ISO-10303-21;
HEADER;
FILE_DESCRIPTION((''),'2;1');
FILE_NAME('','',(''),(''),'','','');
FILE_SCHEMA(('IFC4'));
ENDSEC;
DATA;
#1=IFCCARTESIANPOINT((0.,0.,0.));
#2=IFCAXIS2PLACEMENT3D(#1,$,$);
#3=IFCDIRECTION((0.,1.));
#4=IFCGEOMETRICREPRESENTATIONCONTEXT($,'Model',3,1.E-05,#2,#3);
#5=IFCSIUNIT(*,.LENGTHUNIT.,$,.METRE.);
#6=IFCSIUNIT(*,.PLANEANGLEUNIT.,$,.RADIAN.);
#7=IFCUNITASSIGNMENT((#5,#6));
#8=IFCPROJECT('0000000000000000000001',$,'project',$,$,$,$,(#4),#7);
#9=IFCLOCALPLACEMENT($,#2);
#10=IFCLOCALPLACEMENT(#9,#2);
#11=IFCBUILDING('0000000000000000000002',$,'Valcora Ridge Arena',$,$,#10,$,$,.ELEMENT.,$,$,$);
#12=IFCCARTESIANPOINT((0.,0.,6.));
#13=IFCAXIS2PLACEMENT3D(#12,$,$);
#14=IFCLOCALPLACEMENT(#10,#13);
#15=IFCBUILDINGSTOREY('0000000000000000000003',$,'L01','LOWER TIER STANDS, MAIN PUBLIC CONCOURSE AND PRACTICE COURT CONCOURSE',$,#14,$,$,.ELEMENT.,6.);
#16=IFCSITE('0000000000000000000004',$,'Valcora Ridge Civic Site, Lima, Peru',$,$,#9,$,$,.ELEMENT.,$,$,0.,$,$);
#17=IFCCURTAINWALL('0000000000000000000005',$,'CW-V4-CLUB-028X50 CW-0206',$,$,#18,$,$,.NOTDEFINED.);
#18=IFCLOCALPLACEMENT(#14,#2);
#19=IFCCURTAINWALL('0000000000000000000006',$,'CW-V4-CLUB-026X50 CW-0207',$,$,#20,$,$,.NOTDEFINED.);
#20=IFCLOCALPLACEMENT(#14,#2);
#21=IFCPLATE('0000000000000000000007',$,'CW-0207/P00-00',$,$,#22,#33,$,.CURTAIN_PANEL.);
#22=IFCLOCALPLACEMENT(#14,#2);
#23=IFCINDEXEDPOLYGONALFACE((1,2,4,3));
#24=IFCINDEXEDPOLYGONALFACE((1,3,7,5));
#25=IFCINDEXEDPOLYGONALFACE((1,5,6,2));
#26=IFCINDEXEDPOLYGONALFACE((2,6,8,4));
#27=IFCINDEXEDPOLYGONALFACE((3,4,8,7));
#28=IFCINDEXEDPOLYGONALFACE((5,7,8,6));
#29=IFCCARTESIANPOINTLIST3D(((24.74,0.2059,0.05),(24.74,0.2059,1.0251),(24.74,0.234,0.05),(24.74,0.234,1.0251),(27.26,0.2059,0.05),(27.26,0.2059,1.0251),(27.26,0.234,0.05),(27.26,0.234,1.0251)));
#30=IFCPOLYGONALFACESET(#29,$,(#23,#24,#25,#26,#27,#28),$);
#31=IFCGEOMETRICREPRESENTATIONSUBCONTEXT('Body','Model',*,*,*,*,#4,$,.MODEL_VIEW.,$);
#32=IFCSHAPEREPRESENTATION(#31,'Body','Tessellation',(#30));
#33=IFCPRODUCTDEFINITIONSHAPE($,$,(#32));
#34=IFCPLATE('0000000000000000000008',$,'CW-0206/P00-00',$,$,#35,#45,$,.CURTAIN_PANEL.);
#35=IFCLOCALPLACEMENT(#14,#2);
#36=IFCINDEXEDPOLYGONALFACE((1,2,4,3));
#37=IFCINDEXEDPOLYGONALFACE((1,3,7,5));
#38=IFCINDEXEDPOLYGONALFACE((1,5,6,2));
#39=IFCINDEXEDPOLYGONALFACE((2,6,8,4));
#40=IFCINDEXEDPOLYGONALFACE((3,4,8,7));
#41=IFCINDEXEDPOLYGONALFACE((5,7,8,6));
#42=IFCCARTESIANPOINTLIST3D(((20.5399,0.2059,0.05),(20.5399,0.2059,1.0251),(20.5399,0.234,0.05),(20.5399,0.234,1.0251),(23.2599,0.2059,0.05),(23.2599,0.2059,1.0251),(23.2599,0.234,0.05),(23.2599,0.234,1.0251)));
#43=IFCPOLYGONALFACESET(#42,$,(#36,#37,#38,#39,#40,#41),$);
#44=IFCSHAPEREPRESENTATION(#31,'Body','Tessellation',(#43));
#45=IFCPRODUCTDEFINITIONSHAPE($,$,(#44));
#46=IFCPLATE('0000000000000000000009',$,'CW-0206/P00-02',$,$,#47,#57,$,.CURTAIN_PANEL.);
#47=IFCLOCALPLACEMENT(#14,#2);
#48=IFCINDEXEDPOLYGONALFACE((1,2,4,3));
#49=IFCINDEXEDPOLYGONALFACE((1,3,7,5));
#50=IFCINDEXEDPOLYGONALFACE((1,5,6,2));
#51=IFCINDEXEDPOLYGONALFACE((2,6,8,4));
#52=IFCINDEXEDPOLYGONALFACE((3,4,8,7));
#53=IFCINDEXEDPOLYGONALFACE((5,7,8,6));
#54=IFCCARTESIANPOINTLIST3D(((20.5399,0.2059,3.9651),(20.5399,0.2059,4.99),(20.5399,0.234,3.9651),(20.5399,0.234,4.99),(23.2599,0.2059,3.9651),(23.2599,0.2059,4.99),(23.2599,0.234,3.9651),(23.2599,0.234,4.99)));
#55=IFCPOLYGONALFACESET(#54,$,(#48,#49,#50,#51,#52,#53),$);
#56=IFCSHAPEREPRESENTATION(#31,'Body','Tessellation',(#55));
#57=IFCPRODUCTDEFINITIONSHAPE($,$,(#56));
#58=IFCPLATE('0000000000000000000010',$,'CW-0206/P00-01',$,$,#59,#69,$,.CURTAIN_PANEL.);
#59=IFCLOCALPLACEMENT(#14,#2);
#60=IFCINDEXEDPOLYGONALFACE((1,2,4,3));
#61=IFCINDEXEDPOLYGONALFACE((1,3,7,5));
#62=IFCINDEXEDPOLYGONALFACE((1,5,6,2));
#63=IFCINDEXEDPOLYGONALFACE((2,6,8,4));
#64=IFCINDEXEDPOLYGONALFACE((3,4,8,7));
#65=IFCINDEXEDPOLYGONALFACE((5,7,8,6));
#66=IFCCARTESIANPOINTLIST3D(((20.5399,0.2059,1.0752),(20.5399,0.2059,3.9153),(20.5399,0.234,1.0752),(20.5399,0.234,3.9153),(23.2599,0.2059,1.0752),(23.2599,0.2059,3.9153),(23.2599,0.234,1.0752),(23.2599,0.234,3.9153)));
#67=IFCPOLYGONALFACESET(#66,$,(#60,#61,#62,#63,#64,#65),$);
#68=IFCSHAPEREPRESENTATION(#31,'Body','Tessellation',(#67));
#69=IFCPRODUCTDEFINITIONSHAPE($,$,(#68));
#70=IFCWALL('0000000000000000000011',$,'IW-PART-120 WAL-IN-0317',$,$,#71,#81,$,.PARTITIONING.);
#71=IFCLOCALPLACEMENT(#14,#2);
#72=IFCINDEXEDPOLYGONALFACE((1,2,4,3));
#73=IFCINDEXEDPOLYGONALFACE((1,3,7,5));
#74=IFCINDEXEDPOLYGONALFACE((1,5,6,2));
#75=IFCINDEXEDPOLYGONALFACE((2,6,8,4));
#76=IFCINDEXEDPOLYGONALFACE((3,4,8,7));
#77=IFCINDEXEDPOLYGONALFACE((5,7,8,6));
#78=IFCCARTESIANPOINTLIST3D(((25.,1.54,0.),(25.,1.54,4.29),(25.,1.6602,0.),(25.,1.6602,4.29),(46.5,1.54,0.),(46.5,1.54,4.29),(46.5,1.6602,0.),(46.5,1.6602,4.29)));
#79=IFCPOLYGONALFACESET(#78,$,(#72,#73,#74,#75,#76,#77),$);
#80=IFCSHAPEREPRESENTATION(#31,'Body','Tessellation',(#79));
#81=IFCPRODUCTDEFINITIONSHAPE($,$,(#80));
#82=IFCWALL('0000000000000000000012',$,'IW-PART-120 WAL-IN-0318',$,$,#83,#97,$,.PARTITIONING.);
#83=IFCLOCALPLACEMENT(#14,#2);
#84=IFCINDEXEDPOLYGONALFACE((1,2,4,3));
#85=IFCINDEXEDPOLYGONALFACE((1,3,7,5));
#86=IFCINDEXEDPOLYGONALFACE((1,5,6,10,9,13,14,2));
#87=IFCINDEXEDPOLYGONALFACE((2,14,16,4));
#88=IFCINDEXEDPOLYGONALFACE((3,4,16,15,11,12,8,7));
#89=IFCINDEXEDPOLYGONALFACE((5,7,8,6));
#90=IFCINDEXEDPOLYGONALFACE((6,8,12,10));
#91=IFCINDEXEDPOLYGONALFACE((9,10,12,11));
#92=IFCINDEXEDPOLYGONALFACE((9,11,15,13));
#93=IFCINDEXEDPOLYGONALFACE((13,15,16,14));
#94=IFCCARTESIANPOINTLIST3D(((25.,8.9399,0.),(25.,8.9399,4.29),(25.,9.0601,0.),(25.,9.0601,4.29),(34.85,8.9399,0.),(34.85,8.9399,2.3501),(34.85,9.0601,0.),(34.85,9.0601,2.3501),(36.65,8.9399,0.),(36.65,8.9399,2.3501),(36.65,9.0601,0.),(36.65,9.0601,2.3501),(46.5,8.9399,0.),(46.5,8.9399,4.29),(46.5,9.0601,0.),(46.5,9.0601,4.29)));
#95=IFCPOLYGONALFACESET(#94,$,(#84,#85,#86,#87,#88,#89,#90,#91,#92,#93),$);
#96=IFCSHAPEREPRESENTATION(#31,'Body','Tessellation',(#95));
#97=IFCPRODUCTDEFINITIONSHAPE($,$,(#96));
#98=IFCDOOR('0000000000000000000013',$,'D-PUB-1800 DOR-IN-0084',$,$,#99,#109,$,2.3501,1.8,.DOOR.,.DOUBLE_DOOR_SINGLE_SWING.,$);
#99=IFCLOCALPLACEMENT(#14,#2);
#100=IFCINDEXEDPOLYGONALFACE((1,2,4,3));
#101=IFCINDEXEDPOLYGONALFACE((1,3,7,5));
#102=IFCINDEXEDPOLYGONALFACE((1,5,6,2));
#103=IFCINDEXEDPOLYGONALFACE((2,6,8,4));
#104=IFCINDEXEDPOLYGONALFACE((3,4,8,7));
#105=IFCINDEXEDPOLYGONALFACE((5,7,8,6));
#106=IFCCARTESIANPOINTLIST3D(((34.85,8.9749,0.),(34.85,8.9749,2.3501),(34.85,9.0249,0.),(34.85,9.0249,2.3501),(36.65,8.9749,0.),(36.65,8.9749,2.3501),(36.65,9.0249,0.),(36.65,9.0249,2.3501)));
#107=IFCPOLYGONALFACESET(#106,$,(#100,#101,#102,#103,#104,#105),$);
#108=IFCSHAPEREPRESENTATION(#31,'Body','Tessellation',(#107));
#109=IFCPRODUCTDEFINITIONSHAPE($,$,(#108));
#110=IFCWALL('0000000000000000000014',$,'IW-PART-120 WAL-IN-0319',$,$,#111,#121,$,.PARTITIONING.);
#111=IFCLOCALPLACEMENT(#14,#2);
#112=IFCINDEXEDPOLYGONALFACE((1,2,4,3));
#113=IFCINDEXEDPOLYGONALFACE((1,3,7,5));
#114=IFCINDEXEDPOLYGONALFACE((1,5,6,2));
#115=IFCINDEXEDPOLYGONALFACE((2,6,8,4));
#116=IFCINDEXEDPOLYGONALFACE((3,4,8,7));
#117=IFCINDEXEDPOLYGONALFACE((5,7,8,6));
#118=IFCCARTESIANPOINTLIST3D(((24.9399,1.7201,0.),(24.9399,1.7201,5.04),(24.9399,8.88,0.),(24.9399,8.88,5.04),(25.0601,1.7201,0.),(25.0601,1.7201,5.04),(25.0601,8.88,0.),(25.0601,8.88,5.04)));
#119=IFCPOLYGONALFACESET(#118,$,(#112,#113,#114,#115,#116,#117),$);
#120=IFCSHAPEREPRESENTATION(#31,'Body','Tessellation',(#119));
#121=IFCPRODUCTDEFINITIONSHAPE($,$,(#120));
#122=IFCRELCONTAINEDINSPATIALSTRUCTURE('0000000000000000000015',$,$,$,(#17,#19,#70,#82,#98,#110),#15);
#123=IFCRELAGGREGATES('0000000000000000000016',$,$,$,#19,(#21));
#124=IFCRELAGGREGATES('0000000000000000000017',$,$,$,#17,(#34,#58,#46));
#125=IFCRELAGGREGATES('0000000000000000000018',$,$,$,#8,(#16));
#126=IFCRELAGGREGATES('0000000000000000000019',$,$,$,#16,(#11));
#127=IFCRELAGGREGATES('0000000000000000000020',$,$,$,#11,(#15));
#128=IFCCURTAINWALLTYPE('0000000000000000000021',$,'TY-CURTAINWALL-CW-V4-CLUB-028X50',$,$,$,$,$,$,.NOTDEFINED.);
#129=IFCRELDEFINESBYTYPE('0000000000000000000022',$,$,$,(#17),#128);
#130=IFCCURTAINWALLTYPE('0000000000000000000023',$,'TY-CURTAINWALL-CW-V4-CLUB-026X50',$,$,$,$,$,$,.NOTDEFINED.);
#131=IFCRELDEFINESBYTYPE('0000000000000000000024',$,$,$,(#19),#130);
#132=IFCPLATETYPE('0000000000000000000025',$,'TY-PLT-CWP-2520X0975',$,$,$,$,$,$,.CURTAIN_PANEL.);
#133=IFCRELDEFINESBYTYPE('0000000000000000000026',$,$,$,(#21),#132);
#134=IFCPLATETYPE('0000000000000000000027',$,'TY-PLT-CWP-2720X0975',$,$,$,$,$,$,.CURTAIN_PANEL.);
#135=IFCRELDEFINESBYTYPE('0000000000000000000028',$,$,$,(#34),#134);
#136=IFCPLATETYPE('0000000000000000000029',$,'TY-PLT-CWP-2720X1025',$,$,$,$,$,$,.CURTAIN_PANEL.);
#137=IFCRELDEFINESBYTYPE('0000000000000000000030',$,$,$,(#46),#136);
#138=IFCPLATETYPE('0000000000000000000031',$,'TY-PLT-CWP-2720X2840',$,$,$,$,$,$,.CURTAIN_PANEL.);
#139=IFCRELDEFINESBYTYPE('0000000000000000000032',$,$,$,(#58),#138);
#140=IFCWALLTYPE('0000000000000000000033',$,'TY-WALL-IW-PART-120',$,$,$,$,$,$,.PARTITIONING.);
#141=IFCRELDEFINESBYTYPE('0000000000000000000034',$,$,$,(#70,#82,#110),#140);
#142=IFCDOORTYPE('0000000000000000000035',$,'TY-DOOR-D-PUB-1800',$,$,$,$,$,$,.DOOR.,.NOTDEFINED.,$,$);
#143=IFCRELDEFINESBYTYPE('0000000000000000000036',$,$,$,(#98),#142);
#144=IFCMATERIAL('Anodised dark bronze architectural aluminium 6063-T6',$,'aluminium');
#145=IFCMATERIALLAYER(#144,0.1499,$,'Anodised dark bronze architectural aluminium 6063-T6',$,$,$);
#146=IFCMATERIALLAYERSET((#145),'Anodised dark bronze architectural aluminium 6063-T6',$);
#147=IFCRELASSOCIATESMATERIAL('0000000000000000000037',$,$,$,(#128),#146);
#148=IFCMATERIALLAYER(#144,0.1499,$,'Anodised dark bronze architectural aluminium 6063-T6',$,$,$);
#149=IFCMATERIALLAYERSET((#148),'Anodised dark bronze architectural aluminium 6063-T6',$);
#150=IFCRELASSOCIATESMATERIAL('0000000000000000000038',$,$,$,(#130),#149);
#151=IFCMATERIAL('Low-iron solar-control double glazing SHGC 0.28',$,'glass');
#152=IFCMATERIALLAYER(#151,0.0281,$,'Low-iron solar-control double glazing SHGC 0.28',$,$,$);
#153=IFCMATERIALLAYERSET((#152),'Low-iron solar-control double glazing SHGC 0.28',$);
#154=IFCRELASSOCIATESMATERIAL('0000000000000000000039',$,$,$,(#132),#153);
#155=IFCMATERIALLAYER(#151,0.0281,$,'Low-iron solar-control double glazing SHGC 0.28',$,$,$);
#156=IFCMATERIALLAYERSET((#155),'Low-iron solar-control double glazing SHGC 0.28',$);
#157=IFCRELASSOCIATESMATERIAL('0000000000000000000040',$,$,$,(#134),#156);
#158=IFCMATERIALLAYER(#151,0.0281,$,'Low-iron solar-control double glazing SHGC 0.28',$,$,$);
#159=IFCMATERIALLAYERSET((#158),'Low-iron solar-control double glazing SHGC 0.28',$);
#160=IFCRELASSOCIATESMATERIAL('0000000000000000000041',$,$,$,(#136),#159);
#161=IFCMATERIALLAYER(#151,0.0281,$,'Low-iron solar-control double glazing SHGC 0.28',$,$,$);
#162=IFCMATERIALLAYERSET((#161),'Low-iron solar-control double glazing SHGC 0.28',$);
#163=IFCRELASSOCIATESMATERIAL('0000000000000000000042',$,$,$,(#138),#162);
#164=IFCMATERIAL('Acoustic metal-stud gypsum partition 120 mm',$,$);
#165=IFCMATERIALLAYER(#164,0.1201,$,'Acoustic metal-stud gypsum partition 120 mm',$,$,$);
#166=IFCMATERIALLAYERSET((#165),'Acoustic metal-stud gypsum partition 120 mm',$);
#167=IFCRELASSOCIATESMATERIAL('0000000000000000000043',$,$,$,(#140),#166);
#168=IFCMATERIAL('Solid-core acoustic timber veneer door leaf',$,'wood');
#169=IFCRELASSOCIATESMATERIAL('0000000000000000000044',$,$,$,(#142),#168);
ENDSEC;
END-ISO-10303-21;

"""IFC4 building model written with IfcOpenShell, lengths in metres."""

from ifc_helpers import new_model, si_unit, direction, frame, frame_2d, origin, origin_2d, place, context, subcontext, project, spatial, rectangle, extrude, material, layer, layer_set, type_object, element, fill, aggregate, save


model = new_model("IFC4")

# Units and contexts
model_context = context("Model", 3, precision=1e-05, world=origin(), true_north=direction((0.0, 1.0)))
body_context = subcontext(model_context, "Body", "Model", "MODEL_VIEW")
ifc_project = project(units=[si_unit("LENGTHUNIT", "METRE"), si_unit("PLANEANGLEUNIT", "RADIAN")], contexts=[model_context])

# Site, building, storey
site_placement = place(None, origin())
site = spatial("IfcSite", under=ifc_project, at=site_placement, Name="Valcora Ridge Civic Site, Lima, Peru", CompositionType="ELEMENT", RefElevation=0.0)
building_placement = place(site_placement, origin())
building = spatial("IfcBuilding", under=site, at=building_placement, Name="Valcora Ridge Arena", CompositionType="ELEMENT")
storey_placement = place(building_placement, frame((0.0, 0.0, 6.0)))
storey = spatial("IfcBuildingStorey", under=building, at=storey_placement, Name="L01", Description="LOWER TIER STANDS, MAIN PUBLIC CONCOURSE AND PRACTICE COURT CONCOURSE", CompositionType="ELEMENT", Elevation=6.0)

# Curtain walls
ifc_material_1 = material(Name="Anodised dark bronze architectural aluminium 6063-T6", Category="aluminium")
ifc_layer_1 = layer(ifc_material_1, 0.1499, Name="Anodised dark bronze architectural aluminium 6063-T6")
ifc_layer_set_1 = layer_set([ifc_layer_1], Name="Anodised dark bronze architectural aluminium 6063-T6")
curtain_wall_type_1 = type_object("IfcCurtainWallType", Name="TY-CURTAINWALL-CW-V4-CLUB-028X50", PredefinedType="NOTDEFINED", material=ifc_layer_set_1)
curtain_wall_1_placement = place(storey_placement, origin())
curtain_wall_1 = element("IfcCurtainWall", 1, at=curtain_wall_1_placement, inside=storey, type_object=curtain_wall_type_1, Name="CW-V4-CLUB-028X50 CW-0206", PredefinedType="NOTDEFINED")
ifc_layer_2 = layer(ifc_material_1, 0.1499, Name="Anodised dark bronze architectural aluminium 6063-T6")
ifc_layer_set_2 = layer_set([ifc_layer_2], Name="Anodised dark bronze architectural aluminium 6063-T6")
curtain_wall_type_2 = type_object("IfcCurtainWallType", Name="TY-CURTAINWALL-CW-V4-CLUB-026X50", PredefinedType="NOTDEFINED", material=ifc_layer_set_2)
curtain_wall_2_placement = place(storey_placement, origin())
curtain_wall_2 = element("IfcCurtainWall", 2, at=curtain_wall_2_placement, inside=storey, type_object=curtain_wall_type_2, Name="CW-V4-CLUB-026X50 CW-0207", PredefinedType="NOTDEFINED")

# Plates
ifc_material_2 = material(Name="Low-iron solar-control double glazing SHGC 0.28", Category="glass")
ifc_layer_3 = layer(ifc_material_2, 0.0281, Name="Low-iron solar-control double glazing SHGC 0.28")
ifc_layer_set_3 = layer_set([ifc_layer_3], Name="Low-iron solar-control double glazing SHGC 0.28")
plate_type_1 = type_object("IfcPlateType", Name="TY-PLT-CWP-2520X0975", PredefinedType="CURTAIN_PANEL", material=ifc_layer_set_3)
plate_1_placement = place(storey_placement, frame((26.0, 0.22, 0.05), z_axis=(0.0, 0.0, 1.0), x_axis=(1.0, 0.0, 0.0)))
plate_1 = element("IfcPlate", 3, at=plate_1_placement, type_object=plate_type_1, Name="CW-0207/P00-00", PredefinedType="CURTAIN_PANEL", context=body_context, shape_type="SweptSolid", body=[
    extrude(rectangle(XDim=2.52, YDim=0.0281, at=origin_2d()), origin(), (0.0, 0.0, 1.0), 0.9751),
])
aggregate(curtain_wall_2, [plate_1])
ifc_layer_4 = layer(ifc_material_2, 0.0281, Name="Low-iron solar-control double glazing SHGC 0.28")
ifc_layer_set_4 = layer_set([ifc_layer_4], Name="Low-iron solar-control double glazing SHGC 0.28")
plate_type_2 = type_object("IfcPlateType", Name="TY-PLT-CWP-2720X0975", PredefinedType="CURTAIN_PANEL", material=ifc_layer_set_4)
plate_2_placement = place(storey_placement, frame((21.8999, 0.22, 0.05), z_axis=(0.0, 0.0, 1.0), x_axis=(1.0, 0.0, 0.0)))
plate_2 = element("IfcPlate", 4, at=plate_2_placement, type_object=plate_type_2, Name="CW-0206/P00-00", PredefinedType="CURTAIN_PANEL", context=body_context, shape_type="SweptSolid", body=[
    extrude(rectangle(XDim=2.72, YDim=0.0281, at=origin_2d()), origin(), (0.0, 0.0, 1.0), 0.9751),
])
ifc_layer_5 = layer(ifc_material_2, 0.0281, Name="Low-iron solar-control double glazing SHGC 0.28")
ifc_layer_set_5 = layer_set([ifc_layer_5], Name="Low-iron solar-control double glazing SHGC 0.28")
plate_type_3 = type_object("IfcPlateType", Name="TY-PLT-CWP-2720X1025", PredefinedType="CURTAIN_PANEL", material=ifc_layer_set_5)
plate_3_placement = place(storey_placement, frame((21.8999, 0.22, 3.9651), z_axis=(0.0, 0.0, 1.0), x_axis=(1.0, 0.0, 0.0)))
plate_3 = element("IfcPlate", 5, at=plate_3_placement, type_object=plate_type_3, Name="CW-0206/P00-02", PredefinedType="CURTAIN_PANEL", context=body_context, shape_type="SweptSolid", body=[
    extrude(rectangle(XDim=2.72, YDim=0.0281, at=origin_2d()), origin(), (0.0, 0.0, 1.0), 1.0249),
])
ifc_layer_6 = layer(ifc_material_2, 0.0281, Name="Low-iron solar-control double glazing SHGC 0.28")
ifc_layer_set_6 = layer_set([ifc_layer_6], Name="Low-iron solar-control double glazing SHGC 0.28")
plate_type_4 = type_object("IfcPlateType", Name="TY-PLT-CWP-2720X2840", PredefinedType="CURTAIN_PANEL", material=ifc_layer_set_6)
plate_4_placement = place(storey_placement, frame((21.8999, 0.22, 1.0752), z_axis=(0.0, 0.0, 1.0), x_axis=(1.0, 0.0, 0.0)))
plate_4 = element("IfcPlate", 6, at=plate_4_placement, type_object=plate_type_4, Name="CW-0206/P00-01", PredefinedType="CURTAIN_PANEL", context=body_context, shape_type="SweptSolid", body=[
    extrude(rectangle(XDim=2.72, YDim=0.0281, at=origin_2d()), origin(), (0.0, 0.0, 1.0), 2.8401),
])
aggregate(curtain_wall_1, [plate_2, plate_4, plate_3])

# Wall
ifc_material_3 = material(Name="Acoustic metal-stud gypsum partition 120 mm")
ifc_layer_7 = layer(ifc_material_3, 0.1201, Name="Acoustic metal-stud gypsum partition 120 mm")
ifc_layer_set_7 = layer_set([ifc_layer_7], Name="Acoustic metal-stud gypsum partition 120 mm")
wall_type = type_object("IfcWallType", Name="TY-WALL-IW-PART-120", PredefinedType="PARTITIONING", material=ifc_layer_set_7)
wall_1_placement = place(storey_placement, frame((25.0, 1.6001, 0.0), z_axis=(0.0, 0.0, 1.0), x_axis=(1.0, 0.0, 0.0)))
element("IfcWall", 7, at=wall_1_placement, inside=storey, type_object=wall_type, Name="IW-PART-120 WAL-IN-0317", PredefinedType="PARTITIONING", context=body_context, shape_type="SweptSolid", body=[
    extrude(rectangle(XDim=21.5, YDim=0.1201, at=frame_2d((10.75, 0.0))), origin(), (0.0, 0.0, 1.0), 4.29),
])

# Wall, opening, door
wall_2_placement = place(storey_placement, frame((25.0, 9.0, 0.0), z_axis=(0.0, 0.0, 1.0), x_axis=(1.0, 0.0, 0.0)))
wall_2 = element("IfcWall", 8, at=wall_2_placement, inside=storey, type_object=wall_type, Name="IW-PART-120 WAL-IN-0318", PredefinedType="PARTITIONING", context=body_context, shape_type="SweptSolid", body=[
    extrude(rectangle(XDim=21.5, YDim=0.1201, at=frame_2d((10.75, 0.0))), origin(), (0.0, 0.0, 1.0), 4.29),
])
opening_placement = place(wall_2_placement, frame((9.8501, 0.0, 0.0)))
opening = element("IfcOpeningElement", 9, at=opening_placement, cuts=wall_2, PredefinedType="OPENING", context=body_context, shape_type="SweptSolid", body=[
    extrude(rectangle(XDim=1.8, YDim=2.3501, at=frame_2d((0.8999, 1.175))), frame((0.0, 0.0701, 0.0), z_axis=(0.0, -1.0, 0.0), x_axis=(1.0, 0.0, 0.0)), (0.0, 0.0, 1.0), 0.1401),
])
ifc_material_4 = material(Name="Solid-core acoustic timber veneer door leaf", Category="wood")
door_type = type_object("IfcDoorType", Name="TY-DOOR-D-PUB-1800", OperationType="NOTDEFINED", PredefinedType="DOOR", material=ifc_material_4)
door_placement = place(opening_placement, origin())
door = element("IfcDoor", 10, at=door_placement, inside=storey, type_object=door_type, Name="D-PUB-1800 DOR-IN-0084", OperationType="DOUBLE_DOOR_SINGLE_SWING", OverallHeight=2.3501, OverallWidth=1.8, PredefinedType="DOOR", context=body_context, shape_type="SweptSolid", body=[
    extrude(rectangle(XDim=1.8, YDim=2.3501, at=frame_2d((0.8999, 1.175))), frame((0.0, 0.0249, 0.0), z_axis=(0.0, -1.0, 0.0), x_axis=(1.0, 0.0, 0.0)), (0.0, 0.0, 1.0), 0.05),
])
fill(opening, door)

# Wall
wall_3_placement = place(storey_placement, frame((25.0, 1.72, 0.0), z_axis=(0.0, 0.0, 1.0), x_axis=(0.0, 1.0, 0.0)))
element("IfcWall", 11, at=wall_3_placement, inside=storey, type_object=wall_type, Name="IW-PART-120 WAL-IN-0319", PredefinedType="PARTITIONING", context=body_context, shape_type="SweptSolid", body=[
    extrude(rectangle(XDim=7.1599, YDim=0.1201, at=frame_2d((3.5801, 0.0))), origin(), (0.0, 0.0, 1.0), 5.04),
])

save(model, "model.ifc")
